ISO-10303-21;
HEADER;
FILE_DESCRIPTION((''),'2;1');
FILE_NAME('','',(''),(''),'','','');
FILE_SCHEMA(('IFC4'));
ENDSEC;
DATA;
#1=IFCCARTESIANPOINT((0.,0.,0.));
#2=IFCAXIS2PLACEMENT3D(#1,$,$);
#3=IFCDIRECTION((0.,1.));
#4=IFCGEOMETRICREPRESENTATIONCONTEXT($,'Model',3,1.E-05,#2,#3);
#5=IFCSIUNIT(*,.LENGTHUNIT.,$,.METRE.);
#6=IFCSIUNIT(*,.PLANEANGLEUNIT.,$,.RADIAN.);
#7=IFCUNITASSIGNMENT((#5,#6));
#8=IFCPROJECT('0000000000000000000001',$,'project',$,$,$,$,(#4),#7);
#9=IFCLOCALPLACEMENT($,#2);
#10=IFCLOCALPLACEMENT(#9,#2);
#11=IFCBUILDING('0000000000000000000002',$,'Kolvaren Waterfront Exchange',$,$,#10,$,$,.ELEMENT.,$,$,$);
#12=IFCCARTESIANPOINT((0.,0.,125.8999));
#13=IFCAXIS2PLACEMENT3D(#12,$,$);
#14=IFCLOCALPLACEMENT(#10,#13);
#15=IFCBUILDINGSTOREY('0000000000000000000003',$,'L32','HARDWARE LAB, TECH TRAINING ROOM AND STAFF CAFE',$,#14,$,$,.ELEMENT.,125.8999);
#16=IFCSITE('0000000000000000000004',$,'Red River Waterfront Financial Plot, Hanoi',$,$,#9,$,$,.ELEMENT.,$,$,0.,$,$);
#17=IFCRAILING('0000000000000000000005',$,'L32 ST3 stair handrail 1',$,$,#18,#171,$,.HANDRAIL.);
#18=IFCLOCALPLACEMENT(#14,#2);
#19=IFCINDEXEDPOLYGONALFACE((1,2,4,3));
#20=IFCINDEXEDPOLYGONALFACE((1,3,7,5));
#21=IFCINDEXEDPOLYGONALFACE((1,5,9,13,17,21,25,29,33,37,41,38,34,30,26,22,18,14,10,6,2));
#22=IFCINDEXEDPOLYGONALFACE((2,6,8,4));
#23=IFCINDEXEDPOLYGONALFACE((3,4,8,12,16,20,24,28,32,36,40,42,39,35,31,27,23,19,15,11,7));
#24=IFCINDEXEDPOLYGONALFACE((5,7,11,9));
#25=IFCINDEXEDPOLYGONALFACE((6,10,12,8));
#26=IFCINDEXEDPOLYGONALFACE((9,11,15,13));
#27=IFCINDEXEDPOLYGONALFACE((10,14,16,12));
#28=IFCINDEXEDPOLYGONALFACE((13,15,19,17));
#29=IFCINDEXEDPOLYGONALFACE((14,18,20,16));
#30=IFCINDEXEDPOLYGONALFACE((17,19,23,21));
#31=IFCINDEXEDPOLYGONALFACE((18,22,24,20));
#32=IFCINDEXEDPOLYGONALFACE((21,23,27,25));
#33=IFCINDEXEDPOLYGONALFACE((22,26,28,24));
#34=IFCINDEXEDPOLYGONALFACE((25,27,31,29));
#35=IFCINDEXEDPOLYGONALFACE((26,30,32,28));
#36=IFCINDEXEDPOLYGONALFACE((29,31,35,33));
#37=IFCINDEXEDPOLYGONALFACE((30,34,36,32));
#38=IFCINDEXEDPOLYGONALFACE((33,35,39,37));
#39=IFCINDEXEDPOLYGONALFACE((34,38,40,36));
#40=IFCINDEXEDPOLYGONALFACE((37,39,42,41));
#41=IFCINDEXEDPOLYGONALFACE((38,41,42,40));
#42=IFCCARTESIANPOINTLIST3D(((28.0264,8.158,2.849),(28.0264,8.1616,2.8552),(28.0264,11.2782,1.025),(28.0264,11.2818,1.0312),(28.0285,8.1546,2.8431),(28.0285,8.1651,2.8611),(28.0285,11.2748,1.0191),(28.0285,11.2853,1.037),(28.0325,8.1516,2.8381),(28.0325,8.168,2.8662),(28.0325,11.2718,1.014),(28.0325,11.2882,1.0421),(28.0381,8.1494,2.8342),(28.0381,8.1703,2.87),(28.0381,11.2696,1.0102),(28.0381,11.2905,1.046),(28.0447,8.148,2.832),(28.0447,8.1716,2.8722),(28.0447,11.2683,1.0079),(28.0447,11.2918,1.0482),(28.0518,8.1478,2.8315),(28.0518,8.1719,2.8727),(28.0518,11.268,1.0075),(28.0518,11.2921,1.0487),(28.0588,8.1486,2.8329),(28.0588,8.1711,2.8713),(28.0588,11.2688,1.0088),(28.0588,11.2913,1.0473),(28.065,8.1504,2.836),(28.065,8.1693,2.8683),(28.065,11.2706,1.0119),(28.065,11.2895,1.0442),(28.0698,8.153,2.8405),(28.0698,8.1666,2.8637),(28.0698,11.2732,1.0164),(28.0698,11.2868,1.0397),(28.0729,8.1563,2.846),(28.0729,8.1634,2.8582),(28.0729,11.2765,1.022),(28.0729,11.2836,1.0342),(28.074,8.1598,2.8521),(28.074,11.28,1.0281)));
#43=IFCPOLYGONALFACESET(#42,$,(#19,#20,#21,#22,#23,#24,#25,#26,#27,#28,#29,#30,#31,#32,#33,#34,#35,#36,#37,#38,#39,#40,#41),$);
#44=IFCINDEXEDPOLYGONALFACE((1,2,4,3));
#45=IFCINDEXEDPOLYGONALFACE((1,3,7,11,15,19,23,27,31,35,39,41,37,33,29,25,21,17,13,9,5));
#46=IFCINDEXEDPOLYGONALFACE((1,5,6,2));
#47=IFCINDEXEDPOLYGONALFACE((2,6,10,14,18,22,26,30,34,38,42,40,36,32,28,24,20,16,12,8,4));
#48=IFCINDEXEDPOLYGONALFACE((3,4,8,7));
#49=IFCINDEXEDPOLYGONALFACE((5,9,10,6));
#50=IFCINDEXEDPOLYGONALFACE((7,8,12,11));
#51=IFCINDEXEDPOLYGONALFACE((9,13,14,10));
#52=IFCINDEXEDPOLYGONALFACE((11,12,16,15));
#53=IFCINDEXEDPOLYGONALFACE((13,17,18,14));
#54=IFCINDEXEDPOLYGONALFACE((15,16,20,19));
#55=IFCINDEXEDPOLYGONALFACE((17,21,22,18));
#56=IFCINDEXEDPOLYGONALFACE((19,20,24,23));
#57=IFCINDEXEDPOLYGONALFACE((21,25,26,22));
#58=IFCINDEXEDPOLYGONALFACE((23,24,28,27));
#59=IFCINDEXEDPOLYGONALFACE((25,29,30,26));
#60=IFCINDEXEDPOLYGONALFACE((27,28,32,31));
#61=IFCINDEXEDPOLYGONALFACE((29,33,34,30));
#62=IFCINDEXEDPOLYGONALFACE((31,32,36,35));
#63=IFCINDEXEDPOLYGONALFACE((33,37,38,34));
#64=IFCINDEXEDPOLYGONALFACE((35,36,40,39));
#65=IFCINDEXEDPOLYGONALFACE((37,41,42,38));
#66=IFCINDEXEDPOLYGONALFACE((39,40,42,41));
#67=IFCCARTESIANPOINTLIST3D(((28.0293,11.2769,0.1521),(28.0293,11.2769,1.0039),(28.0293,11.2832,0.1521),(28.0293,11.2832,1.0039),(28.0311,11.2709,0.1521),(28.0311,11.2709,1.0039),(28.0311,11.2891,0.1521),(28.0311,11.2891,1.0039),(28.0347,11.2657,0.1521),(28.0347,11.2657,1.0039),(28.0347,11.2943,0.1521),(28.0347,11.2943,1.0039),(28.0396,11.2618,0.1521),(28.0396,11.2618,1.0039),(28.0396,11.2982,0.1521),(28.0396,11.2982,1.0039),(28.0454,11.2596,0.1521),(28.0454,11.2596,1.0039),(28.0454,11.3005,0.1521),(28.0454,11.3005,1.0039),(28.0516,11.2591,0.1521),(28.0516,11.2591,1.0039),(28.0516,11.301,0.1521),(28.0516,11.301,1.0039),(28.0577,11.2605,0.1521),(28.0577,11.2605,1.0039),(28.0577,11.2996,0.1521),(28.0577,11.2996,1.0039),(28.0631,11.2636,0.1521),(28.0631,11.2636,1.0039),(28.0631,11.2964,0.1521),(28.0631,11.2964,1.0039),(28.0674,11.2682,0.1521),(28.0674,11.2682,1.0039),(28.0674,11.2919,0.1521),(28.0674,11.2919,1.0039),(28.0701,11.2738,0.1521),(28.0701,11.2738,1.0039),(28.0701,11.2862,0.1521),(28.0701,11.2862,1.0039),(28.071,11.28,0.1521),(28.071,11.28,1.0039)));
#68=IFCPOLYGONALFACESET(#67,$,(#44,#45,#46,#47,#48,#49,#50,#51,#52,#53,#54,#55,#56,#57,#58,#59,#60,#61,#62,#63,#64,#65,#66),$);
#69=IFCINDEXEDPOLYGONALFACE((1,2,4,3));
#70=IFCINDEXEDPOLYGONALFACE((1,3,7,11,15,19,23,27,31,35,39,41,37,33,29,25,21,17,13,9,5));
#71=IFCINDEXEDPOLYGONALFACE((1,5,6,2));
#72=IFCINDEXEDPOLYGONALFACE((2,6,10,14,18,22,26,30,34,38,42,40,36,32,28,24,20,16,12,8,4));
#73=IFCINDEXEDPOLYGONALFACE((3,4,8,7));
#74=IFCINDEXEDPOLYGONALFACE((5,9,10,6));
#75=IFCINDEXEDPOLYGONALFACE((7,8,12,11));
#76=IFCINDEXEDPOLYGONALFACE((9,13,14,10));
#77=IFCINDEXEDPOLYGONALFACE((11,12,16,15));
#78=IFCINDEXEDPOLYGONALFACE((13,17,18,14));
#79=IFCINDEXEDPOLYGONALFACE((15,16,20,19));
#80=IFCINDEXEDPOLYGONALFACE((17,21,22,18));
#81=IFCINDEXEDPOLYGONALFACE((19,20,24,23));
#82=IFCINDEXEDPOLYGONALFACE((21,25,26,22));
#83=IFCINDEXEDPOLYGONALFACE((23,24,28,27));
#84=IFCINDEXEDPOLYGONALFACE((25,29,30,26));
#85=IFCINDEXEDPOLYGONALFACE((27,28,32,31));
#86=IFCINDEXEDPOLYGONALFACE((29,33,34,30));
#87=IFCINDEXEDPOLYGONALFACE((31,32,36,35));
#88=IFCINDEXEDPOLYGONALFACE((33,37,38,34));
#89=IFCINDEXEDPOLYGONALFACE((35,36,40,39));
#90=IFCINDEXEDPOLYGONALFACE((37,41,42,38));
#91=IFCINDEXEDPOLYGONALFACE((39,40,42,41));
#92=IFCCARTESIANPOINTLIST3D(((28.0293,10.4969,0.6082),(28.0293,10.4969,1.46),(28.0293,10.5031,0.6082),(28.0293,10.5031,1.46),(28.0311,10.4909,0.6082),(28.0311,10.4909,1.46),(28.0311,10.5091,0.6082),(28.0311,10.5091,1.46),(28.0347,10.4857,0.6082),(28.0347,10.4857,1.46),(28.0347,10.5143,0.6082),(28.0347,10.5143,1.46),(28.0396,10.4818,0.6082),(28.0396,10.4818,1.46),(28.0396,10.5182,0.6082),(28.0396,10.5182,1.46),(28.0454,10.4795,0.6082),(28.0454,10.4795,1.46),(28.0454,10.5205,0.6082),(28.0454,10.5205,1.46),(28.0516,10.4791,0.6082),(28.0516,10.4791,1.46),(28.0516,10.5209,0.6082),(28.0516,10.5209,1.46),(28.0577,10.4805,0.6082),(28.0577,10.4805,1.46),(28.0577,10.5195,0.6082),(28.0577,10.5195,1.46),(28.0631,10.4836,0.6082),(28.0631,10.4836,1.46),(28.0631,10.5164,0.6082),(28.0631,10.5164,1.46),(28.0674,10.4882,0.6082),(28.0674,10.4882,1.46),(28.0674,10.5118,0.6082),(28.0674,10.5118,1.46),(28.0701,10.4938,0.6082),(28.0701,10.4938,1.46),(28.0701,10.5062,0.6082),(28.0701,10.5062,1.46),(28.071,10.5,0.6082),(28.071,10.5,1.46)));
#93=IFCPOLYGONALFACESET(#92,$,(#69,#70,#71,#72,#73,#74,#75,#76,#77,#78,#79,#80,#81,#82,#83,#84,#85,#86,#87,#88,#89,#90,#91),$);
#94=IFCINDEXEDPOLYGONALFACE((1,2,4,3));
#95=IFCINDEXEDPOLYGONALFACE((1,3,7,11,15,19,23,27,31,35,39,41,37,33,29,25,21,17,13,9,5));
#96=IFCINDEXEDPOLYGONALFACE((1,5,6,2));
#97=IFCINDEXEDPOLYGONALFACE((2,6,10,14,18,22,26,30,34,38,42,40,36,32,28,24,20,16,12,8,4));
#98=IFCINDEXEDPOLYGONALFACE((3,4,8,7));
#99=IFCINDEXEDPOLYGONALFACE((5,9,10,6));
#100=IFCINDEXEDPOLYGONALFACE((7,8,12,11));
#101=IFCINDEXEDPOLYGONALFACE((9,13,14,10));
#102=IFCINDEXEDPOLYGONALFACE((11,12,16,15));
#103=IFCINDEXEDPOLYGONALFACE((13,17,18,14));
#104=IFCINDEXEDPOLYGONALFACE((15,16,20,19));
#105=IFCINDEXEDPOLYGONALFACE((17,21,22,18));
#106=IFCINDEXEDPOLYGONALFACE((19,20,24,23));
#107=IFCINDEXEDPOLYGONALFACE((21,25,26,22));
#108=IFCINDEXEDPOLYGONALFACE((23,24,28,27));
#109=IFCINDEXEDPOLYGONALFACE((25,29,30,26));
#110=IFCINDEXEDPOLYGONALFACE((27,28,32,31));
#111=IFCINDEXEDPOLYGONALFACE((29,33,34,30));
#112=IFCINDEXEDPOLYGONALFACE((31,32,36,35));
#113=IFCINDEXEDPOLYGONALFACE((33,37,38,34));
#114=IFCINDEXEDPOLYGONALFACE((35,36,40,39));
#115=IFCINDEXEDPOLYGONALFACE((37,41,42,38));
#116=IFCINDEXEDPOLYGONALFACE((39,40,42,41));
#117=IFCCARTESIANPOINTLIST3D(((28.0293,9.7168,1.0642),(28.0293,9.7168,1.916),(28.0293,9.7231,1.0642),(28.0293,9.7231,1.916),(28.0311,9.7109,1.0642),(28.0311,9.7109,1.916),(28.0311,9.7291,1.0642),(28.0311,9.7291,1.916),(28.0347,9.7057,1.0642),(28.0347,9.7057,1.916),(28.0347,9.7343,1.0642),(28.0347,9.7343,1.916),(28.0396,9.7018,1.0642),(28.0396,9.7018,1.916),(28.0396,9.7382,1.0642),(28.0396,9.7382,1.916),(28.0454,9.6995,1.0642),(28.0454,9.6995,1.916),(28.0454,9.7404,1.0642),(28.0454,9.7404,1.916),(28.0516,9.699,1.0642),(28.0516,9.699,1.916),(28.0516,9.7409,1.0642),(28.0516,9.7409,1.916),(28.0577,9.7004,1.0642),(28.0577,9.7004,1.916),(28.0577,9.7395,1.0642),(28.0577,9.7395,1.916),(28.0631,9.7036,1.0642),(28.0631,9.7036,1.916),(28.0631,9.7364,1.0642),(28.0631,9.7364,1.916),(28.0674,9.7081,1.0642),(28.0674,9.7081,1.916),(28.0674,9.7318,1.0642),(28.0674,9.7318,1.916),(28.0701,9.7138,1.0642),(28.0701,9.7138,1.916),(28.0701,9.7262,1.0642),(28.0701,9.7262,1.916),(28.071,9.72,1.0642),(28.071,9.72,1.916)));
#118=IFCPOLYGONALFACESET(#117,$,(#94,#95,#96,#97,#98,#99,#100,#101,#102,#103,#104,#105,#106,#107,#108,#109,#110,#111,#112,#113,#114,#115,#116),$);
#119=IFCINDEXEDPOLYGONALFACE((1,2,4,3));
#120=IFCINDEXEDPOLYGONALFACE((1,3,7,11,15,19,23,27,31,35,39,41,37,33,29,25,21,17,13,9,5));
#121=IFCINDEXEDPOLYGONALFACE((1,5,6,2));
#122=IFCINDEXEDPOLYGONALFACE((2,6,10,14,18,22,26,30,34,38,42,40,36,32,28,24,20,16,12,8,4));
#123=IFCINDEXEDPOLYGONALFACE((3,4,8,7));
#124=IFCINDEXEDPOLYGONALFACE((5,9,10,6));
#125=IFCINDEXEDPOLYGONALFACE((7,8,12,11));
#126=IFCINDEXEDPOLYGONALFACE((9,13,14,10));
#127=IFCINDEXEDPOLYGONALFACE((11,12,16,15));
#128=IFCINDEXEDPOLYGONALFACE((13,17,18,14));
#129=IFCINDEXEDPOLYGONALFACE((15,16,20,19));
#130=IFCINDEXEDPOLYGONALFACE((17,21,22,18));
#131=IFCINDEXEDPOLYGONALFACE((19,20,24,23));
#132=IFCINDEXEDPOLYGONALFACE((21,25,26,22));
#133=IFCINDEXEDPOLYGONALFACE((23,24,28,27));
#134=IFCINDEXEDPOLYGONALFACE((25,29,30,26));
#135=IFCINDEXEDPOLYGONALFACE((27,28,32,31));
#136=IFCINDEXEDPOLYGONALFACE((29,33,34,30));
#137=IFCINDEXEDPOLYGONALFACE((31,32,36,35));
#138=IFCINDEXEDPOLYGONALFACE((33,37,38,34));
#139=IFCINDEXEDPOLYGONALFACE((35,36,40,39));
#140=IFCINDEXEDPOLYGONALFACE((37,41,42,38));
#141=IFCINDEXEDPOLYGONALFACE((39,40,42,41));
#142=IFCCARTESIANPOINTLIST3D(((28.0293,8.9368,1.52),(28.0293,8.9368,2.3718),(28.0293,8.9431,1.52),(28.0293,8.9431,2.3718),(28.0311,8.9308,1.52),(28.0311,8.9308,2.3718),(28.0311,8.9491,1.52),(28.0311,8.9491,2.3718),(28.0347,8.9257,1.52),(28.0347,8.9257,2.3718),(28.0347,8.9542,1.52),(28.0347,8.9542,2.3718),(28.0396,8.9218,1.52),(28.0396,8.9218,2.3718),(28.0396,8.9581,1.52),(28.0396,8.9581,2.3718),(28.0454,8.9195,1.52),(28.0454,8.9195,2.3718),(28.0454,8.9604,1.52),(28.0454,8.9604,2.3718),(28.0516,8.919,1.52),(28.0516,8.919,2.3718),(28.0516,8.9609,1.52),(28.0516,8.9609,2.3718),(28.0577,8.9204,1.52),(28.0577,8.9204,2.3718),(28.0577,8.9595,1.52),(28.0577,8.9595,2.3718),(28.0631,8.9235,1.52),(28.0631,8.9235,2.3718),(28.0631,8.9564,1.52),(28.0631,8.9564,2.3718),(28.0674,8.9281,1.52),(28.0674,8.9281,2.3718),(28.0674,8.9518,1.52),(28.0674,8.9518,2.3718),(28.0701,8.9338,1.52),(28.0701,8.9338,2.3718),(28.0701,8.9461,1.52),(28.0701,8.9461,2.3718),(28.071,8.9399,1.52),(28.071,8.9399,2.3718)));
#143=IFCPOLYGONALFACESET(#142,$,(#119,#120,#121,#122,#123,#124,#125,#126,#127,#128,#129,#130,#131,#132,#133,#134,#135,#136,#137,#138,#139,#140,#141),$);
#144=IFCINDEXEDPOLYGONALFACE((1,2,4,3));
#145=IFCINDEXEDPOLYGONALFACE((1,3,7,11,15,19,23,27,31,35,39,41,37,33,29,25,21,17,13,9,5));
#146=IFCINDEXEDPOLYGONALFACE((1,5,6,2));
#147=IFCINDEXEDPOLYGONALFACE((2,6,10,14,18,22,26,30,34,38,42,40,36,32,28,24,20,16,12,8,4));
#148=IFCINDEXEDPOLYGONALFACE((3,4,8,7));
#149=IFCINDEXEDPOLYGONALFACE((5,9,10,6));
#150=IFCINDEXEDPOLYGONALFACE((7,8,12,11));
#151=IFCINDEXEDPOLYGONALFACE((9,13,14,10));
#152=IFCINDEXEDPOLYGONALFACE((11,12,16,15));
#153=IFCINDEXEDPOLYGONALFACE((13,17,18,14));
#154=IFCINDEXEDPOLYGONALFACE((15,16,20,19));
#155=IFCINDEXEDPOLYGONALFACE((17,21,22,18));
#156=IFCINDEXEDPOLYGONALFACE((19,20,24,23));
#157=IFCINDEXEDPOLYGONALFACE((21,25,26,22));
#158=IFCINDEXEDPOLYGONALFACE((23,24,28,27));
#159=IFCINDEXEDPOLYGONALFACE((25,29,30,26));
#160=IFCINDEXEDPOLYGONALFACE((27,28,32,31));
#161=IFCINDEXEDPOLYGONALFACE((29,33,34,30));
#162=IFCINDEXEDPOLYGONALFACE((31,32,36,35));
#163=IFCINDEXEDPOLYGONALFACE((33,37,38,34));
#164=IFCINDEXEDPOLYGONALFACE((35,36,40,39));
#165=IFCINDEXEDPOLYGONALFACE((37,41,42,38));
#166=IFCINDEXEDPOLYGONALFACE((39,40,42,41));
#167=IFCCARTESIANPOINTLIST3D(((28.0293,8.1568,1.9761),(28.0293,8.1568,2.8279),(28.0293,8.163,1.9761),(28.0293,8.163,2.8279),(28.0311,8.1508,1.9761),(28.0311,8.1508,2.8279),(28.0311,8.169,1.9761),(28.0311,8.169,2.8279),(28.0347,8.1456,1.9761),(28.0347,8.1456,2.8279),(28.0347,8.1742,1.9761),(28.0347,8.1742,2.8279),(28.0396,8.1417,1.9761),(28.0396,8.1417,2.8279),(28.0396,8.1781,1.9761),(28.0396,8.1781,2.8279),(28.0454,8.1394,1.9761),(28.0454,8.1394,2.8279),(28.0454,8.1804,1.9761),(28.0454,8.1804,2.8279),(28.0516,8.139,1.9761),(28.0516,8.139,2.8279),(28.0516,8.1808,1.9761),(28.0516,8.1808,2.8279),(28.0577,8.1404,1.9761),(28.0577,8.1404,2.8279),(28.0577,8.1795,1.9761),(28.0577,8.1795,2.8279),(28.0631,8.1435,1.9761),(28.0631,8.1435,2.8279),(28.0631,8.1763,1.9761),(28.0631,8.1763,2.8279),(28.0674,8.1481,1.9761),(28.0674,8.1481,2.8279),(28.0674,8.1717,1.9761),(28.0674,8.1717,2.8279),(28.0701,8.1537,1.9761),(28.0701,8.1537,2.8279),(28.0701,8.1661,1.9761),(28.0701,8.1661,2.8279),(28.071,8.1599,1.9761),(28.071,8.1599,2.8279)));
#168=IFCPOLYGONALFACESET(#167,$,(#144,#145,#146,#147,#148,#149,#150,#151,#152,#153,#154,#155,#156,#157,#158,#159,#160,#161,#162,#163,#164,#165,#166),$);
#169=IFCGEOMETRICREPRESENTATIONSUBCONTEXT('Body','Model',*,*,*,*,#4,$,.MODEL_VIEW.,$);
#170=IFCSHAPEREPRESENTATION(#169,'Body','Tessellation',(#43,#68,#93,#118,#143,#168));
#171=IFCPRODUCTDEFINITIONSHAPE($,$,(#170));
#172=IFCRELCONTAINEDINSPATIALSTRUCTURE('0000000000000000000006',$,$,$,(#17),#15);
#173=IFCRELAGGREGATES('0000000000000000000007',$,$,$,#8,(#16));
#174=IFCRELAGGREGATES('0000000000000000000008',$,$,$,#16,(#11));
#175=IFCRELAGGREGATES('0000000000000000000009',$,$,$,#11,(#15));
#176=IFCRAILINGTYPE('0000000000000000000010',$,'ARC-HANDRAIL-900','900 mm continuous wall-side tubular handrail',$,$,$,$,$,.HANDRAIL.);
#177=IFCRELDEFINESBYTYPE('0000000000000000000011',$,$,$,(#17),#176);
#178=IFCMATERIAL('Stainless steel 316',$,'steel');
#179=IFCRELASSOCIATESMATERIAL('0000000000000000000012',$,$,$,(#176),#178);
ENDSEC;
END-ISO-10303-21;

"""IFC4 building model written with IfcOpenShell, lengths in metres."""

from ifc_helpers import new_model, si_unit, direction, frame, origin, origin_2d, place, context, subcontext, project, spatial, circle, extrude, material, type_object, element, save


model = new_model("IFC4")

# Units and contexts
model_context = context("Model", 3, precision=1e-05, world=origin(), true_north=direction((0.0, 1.0)))
body_context = subcontext(model_context, "Body", "Model", "MODEL_VIEW")
ifc_project = project(units=[si_unit("LENGTHUNIT", "METRE"), si_unit("PLANEANGLEUNIT", "RADIAN")], contexts=[model_context])

# Site, building, storey
site_placement = place(None, origin())
site = spatial("IfcSite", under=ifc_project, at=site_placement, Name="Red River Waterfront Financial Plot, Hanoi", CompositionType="ELEMENT", RefElevation=0.0)
building_placement = place(site_placement, origin())
building = spatial("IfcBuilding", under=site, at=building_placement, Name="Kolvaren Waterfront Exchange", CompositionType="ELEMENT")
storey_placement = place(building_placement, frame((0.0, 0.0, 125.8999)))
storey = spatial("IfcBuildingStorey", under=building, at=storey_placement, Name="L32", Description="HARDWARE LAB, TECH TRAINING ROOM AND STAFF CAFE", CompositionType="ELEMENT", Elevation=125.8999)

# Railing
ifc_material_1 = material(Name="Stainless steel 316", Category="steel")
railing_type_1 = type_object("IfcRailingType", Name="ARC-HANDRAIL-900", Description="900 mm continuous wall-side tubular handrail", PredefinedType="HANDRAIL", material=ifc_material_1)
railing_1_placement = place(storey_placement, frame((28.05, 11.28, 0.1521)))
element("IfcRailing", 1, at=railing_1_placement, inside=storey, type_object=railing_type_1, Name="L32 ST3 stair handrail 1", PredefinedType="HANDRAIL", context=body_context, shape_type="SweptSolid", body=[
    extrude(circle(Radius=0.0239, at=origin_2d()), frame((0.0, 0.0, 0.876), z_axis=(0.0, -0.863308, 0.504677), x_axis=(1.0, 0.0, 0.0)), (0.0, 0.0, 1.0), 3.6143),
    extrude(circle(Radius=0.021, at=origin_2d()), origin(), (0.0, 0.0, 1.0), 0.8518),
    extrude(circle(Radius=0.021, at=origin_2d()), frame((0.0, -0.78, 0.4561)), (0.0, 0.0, 1.0), 0.8518),
    extrude(circle(Radius=0.021, at=origin_2d()), frame((0.0, -1.5601, 0.9121)), (0.0, 0.0, 1.0), 0.8518),
    extrude(circle(Radius=0.021, at=origin_2d()), frame((0.0, -2.3401, 1.3679)), (0.0, 0.0, 1.0), 0.8518),
    extrude(circle(Radius=0.021, at=origin_2d()), frame((0.0, -3.1201, 1.824)), (0.0, 0.0, 1.0), 0.8518),
])

save(model, "model.ifc")
